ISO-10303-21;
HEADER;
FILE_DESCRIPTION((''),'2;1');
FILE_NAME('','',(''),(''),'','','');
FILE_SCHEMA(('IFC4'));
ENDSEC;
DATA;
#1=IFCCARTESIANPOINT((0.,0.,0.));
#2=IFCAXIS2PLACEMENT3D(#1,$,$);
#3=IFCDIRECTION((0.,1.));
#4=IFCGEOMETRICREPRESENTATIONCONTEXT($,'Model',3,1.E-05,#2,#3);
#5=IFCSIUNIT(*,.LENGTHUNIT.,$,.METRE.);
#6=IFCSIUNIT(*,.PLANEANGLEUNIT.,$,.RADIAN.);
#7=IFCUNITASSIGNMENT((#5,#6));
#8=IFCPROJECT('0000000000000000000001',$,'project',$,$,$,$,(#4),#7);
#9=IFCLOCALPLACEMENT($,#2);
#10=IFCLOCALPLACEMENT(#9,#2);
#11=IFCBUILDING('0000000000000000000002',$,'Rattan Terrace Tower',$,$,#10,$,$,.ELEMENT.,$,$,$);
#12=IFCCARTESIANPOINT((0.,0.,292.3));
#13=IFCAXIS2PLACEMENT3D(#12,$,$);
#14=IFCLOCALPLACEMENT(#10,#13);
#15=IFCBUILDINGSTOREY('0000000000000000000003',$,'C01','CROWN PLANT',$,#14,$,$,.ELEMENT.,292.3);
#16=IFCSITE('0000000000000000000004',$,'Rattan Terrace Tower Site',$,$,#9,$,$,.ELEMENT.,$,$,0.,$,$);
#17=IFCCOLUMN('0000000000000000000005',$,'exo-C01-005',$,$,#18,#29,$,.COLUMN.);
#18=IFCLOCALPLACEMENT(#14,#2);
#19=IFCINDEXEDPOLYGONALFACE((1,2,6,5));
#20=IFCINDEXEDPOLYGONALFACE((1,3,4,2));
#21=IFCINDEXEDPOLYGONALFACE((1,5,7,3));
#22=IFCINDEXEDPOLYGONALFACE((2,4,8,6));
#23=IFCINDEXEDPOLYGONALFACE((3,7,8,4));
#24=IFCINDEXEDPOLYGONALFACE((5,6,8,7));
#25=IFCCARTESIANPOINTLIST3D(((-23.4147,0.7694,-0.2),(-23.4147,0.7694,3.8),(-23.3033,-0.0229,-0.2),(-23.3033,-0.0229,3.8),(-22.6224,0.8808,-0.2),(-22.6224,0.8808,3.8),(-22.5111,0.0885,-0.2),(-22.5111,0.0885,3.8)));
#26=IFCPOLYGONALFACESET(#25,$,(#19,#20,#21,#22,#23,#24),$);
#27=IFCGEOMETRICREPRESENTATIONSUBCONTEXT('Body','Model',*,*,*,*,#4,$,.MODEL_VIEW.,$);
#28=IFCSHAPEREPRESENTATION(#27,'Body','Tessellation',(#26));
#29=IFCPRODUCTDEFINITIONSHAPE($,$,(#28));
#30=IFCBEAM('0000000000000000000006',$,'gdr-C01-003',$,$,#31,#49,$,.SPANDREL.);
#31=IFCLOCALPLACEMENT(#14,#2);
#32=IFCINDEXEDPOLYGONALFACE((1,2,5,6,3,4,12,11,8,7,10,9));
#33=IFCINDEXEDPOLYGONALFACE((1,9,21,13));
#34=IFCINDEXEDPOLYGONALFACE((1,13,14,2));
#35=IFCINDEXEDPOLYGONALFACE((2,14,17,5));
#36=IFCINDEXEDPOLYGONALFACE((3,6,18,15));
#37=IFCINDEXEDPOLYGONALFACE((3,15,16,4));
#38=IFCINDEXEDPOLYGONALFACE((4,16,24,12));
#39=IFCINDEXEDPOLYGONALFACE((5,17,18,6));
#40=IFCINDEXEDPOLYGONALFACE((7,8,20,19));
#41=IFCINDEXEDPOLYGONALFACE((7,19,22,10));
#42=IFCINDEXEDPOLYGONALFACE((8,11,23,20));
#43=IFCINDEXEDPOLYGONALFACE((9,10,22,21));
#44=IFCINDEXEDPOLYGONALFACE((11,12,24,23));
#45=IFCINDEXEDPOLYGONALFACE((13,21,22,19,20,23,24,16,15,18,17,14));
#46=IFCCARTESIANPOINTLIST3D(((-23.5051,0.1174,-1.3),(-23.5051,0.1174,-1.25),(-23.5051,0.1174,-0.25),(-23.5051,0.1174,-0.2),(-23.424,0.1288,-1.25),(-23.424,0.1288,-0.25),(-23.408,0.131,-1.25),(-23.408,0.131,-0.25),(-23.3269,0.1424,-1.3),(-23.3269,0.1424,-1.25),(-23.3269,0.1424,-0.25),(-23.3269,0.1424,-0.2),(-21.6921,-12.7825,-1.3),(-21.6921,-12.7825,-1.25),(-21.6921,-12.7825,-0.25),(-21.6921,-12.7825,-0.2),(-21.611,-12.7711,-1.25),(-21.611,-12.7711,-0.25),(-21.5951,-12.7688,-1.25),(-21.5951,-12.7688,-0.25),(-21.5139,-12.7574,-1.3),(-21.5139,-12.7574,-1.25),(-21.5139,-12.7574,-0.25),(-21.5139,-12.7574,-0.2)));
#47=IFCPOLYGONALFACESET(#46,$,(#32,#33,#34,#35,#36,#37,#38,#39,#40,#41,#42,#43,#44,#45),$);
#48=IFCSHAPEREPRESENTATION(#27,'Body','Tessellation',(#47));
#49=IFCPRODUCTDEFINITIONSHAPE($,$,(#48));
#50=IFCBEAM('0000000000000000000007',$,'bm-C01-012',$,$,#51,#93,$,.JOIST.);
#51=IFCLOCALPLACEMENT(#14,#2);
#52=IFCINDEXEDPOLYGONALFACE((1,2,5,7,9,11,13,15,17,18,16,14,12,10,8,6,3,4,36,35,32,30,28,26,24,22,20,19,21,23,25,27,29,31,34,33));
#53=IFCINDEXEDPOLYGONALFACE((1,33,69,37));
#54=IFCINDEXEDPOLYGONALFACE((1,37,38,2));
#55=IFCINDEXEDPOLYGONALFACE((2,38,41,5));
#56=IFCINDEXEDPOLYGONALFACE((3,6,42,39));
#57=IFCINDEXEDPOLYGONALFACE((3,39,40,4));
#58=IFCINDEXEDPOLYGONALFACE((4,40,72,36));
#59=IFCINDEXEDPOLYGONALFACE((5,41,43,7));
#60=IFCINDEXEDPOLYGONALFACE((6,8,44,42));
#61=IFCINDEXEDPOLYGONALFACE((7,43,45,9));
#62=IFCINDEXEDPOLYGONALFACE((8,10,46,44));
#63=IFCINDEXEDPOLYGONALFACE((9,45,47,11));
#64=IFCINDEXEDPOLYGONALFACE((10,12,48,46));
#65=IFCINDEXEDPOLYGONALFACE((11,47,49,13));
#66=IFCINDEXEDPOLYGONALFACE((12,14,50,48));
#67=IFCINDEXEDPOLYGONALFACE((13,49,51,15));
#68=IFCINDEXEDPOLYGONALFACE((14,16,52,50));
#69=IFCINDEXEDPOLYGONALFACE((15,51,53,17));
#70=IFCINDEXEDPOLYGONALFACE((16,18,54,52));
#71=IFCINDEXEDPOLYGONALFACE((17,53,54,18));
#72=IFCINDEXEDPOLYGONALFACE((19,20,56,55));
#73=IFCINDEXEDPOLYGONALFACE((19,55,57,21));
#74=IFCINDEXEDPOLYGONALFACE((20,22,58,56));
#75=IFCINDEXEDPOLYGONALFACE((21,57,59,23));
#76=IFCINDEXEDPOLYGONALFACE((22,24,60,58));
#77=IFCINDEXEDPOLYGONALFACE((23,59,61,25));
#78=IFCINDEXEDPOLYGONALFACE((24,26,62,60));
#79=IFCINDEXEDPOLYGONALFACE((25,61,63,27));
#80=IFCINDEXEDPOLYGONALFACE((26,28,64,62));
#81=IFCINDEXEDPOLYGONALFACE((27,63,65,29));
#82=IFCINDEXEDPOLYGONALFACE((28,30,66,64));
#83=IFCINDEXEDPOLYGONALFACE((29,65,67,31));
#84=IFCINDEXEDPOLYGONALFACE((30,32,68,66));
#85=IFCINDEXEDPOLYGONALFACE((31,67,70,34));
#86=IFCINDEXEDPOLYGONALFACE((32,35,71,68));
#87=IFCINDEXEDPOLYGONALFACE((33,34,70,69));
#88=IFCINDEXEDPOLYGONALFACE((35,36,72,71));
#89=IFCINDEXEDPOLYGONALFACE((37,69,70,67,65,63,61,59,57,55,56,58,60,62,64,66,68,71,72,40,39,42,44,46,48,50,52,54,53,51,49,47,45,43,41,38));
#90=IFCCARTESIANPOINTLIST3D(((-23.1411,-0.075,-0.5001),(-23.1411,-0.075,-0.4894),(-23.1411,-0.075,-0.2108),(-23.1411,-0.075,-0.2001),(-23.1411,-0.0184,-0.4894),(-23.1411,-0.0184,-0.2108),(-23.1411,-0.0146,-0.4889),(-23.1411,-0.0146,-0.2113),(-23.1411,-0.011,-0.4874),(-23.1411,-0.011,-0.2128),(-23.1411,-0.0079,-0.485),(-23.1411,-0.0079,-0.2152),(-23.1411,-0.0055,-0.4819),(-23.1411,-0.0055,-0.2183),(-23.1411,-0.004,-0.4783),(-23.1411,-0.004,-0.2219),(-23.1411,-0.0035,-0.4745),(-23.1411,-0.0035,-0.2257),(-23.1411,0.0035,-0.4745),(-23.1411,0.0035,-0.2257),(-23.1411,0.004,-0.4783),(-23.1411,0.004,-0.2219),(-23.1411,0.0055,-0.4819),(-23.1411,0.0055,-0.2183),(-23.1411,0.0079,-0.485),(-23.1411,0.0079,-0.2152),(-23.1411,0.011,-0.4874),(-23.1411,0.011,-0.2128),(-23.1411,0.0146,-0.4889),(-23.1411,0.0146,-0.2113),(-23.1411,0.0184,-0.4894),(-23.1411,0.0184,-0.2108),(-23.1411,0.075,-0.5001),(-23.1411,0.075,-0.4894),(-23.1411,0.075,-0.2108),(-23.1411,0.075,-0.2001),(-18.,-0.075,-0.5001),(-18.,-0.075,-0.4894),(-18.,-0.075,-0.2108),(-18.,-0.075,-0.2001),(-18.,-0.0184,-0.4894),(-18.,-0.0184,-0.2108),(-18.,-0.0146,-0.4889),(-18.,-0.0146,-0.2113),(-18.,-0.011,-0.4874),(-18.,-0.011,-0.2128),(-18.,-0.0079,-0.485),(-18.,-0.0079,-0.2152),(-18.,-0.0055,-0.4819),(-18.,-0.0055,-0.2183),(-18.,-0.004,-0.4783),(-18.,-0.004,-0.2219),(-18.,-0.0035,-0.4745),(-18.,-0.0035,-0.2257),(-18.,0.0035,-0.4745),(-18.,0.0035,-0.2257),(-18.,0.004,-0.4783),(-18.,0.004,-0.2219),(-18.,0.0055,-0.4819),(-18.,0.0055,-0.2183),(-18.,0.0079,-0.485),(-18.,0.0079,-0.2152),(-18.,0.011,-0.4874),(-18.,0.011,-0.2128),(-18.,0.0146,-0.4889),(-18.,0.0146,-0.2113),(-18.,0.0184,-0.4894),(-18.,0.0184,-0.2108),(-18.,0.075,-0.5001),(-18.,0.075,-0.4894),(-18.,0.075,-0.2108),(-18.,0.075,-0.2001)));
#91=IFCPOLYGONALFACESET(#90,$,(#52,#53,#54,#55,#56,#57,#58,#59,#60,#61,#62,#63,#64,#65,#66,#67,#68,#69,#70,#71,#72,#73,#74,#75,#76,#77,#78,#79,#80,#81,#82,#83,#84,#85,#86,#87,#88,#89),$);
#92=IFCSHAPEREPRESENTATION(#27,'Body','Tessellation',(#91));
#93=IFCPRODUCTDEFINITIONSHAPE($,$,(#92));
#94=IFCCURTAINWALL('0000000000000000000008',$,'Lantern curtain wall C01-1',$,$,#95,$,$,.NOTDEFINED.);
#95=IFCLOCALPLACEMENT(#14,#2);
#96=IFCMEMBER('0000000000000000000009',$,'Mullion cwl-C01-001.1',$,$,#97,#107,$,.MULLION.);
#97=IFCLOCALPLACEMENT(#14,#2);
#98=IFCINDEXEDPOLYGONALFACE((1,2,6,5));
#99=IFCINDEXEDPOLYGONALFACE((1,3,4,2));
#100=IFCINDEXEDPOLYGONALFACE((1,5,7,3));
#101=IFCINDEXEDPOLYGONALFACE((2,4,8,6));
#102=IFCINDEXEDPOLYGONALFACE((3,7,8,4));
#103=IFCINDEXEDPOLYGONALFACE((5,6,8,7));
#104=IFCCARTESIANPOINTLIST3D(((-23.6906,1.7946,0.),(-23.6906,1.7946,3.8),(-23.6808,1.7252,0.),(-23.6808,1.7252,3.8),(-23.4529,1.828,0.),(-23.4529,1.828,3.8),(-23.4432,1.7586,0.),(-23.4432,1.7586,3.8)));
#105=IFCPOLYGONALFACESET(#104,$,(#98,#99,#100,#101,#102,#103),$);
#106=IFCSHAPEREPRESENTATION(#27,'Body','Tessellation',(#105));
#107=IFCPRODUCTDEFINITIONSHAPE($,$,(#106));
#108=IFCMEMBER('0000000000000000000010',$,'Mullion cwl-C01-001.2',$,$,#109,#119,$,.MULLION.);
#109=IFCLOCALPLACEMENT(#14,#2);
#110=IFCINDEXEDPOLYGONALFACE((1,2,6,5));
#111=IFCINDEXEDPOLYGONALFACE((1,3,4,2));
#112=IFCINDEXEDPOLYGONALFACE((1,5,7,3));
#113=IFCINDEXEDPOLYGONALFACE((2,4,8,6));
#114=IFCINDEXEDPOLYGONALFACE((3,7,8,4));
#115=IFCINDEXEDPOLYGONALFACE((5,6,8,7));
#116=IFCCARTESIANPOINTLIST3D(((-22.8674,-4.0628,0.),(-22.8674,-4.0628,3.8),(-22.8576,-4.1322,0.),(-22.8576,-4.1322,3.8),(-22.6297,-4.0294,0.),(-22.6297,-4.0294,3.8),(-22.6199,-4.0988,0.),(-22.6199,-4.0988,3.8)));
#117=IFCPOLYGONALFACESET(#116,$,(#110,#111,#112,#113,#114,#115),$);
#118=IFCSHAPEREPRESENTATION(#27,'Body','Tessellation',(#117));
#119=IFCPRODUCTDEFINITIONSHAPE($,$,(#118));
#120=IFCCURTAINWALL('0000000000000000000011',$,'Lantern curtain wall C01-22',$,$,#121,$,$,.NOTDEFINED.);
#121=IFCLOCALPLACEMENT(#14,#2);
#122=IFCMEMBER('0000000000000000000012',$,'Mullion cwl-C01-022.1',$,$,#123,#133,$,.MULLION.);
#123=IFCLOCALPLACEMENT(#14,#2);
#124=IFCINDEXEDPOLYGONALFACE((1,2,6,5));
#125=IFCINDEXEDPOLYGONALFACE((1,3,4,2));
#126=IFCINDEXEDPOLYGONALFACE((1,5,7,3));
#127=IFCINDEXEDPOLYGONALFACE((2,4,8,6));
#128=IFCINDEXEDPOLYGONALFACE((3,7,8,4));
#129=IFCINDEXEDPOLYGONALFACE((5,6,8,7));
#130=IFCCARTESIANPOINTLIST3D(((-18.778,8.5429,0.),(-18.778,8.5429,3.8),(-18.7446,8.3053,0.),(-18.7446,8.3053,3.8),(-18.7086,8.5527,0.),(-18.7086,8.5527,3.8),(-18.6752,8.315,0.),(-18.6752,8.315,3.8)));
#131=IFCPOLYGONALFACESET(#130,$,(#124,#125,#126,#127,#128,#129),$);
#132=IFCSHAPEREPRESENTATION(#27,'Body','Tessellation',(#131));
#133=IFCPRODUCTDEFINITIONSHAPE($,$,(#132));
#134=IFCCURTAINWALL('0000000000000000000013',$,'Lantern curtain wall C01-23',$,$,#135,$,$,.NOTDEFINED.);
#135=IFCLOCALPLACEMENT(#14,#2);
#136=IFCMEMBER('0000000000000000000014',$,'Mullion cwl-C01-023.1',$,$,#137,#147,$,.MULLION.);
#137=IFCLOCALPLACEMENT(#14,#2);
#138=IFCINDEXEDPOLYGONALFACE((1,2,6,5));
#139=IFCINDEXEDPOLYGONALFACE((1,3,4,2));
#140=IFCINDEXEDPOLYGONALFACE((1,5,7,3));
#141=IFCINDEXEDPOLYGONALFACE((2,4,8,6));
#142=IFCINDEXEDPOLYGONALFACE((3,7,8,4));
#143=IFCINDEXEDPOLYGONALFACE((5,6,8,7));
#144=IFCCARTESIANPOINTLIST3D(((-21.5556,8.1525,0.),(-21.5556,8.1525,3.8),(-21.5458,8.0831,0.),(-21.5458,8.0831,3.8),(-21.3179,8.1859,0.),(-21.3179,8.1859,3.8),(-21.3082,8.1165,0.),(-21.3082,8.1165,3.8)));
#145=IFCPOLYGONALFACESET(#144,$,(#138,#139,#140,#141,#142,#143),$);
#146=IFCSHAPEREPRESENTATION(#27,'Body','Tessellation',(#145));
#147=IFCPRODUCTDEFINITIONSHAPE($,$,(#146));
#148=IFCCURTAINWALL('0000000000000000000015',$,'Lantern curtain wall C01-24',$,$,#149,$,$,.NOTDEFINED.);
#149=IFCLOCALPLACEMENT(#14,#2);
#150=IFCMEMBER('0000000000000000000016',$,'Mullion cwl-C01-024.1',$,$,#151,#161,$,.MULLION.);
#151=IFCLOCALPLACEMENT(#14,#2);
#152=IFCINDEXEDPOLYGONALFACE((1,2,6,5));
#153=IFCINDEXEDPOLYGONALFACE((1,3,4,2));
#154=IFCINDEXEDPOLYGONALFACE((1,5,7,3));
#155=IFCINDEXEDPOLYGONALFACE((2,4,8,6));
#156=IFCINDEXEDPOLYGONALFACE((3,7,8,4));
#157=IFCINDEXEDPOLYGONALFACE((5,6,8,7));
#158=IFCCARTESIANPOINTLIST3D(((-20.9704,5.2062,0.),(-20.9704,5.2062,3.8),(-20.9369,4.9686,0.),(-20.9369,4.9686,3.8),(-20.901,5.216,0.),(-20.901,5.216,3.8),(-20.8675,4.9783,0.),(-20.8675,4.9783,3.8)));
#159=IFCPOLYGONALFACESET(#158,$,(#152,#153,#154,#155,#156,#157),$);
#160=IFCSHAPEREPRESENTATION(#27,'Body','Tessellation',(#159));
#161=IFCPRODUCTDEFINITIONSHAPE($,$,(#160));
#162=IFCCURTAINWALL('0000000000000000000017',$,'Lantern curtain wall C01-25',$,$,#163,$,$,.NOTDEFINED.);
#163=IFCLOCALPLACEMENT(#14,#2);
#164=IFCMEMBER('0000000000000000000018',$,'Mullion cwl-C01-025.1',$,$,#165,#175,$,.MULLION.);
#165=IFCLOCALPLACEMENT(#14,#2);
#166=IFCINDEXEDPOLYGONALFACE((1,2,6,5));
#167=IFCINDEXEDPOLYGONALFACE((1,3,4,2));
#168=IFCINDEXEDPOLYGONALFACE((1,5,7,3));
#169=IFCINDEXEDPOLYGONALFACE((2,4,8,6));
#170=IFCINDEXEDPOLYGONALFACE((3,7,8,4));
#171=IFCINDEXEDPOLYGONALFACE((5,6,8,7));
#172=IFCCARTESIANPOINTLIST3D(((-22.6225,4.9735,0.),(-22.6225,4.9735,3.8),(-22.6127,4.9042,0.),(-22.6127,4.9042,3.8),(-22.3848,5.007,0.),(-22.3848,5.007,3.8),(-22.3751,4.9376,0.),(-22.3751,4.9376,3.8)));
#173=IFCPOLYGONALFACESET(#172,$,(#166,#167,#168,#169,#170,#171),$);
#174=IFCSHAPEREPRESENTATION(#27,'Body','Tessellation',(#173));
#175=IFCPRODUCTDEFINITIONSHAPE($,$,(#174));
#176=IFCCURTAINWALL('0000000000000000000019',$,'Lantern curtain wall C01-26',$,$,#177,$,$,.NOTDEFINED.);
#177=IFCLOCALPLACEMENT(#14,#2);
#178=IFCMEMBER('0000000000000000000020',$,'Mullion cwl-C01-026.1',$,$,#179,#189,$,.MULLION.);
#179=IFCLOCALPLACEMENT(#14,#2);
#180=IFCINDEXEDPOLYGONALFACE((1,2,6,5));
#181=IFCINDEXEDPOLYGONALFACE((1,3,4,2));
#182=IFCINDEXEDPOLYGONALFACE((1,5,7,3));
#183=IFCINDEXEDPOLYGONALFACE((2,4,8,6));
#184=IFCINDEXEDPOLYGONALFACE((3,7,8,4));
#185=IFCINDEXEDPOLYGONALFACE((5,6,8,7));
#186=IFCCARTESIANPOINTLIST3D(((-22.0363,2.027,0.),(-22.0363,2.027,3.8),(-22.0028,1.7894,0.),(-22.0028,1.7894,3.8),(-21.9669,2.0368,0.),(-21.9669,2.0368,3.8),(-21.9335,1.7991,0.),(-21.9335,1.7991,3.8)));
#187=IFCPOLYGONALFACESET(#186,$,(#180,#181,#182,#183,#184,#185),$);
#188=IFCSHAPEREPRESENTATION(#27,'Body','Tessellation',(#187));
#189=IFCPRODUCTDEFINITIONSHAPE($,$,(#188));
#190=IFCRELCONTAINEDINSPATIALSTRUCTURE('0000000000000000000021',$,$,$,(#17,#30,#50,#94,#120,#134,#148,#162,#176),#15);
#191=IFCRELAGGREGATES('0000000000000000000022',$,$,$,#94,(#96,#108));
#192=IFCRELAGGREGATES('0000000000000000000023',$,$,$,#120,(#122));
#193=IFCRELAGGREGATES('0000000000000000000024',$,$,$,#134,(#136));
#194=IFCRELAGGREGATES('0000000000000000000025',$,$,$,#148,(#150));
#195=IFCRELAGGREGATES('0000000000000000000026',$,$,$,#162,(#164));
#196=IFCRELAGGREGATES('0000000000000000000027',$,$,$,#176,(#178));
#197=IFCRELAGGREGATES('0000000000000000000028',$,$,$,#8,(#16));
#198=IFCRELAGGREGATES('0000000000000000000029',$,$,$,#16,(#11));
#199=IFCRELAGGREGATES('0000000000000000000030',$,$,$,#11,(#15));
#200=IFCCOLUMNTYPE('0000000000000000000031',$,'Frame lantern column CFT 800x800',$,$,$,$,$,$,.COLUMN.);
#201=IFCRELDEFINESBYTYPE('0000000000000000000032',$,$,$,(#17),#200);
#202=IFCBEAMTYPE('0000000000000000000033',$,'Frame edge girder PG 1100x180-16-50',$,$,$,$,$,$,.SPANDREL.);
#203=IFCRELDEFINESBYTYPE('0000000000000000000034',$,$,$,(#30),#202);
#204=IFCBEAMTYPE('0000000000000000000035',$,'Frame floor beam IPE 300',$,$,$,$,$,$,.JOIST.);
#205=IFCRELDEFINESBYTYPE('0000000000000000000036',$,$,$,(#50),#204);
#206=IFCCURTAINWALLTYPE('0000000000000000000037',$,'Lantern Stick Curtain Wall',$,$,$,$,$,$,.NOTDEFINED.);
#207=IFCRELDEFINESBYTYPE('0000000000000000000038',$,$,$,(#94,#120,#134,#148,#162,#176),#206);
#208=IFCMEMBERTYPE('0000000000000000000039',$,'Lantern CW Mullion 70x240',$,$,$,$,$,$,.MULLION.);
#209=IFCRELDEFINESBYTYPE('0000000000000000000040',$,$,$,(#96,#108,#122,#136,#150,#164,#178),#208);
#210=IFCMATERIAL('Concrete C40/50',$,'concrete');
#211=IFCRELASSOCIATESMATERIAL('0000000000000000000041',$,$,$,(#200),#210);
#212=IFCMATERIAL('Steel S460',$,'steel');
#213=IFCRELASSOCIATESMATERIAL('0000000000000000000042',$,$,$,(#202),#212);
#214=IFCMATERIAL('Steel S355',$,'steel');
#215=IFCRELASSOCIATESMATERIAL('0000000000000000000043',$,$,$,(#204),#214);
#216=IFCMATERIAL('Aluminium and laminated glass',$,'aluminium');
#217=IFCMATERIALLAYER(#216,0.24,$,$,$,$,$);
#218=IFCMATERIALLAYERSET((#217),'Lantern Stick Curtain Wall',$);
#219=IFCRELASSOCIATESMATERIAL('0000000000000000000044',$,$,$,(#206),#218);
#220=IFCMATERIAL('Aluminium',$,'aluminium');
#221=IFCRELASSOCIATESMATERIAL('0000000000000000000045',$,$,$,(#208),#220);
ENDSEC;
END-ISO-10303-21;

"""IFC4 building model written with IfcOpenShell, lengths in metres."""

from ifc_helpers import new_model, si_unit, direction, frame, origin, origin_2d, place, context, subcontext, project, spatial, rectangle, i_section, extrude, material, layer, layer_set, material_profile, profile_set, type_object, element, aggregate, save


model = new_model("IFC4")

# Units and contexts
model_context = context("Model", 3, precision=1e-05, world=origin(), true_north=direction((0.0, 1.0)))
body_context = subcontext(model_context, "Body", "Model", "MODEL_VIEW")
ifc_project = project(units=[si_unit("LENGTHUNIT", "METRE"), si_unit("PLANEANGLEUNIT", "RADIAN")], contexts=[model_context])

# Site, building, storey
site_placement = place(None, origin())
site = spatial("IfcSite", under=ifc_project, at=site_placement, Name="Rattan Terrace Tower Site", CompositionType="ELEMENT", RefElevation=0.0)
building_placement = place(site_placement, origin())
building = spatial("IfcBuilding", under=site, at=building_placement, Name="Rattan Terrace Tower", CompositionType="ELEMENT")
storey_placement = place(building_placement, frame((0.0, 0.0, 292.3)))
storey = spatial("IfcBuildingStorey", under=building, at=storey_placement, Name="C01", Description="CROWN PLANT", CompositionType="ELEMENT", Elevation=292.3)

# Column
ifc_material_1 = material(Name="Concrete C40/50", Category="concrete")
ifc_material_profile_1 = material_profile(ifc_material_1, rectangle(XDim=0.8, YDim=0.8, at=origin_2d()), Name="CFT 800x800")
ifc_profile_set_1 = profile_set([ifc_material_profile_1], Name="Concrete C40/50")
column_type = type_object("IfcColumnType", Name="Frame lantern column CFT 800x800", PredefinedType="COLUMN", material=ifc_profile_set_1)
column_placement = place(storey_placement, frame((-22.9629, 0.429, -0.2), z_axis=(0.0, 0.0, 1.0), x_axis=(-0.13919, 0.990266, 0.0)))
element("IfcColumn", 1, at=column_placement, inside=storey, type_object=column_type, Name="exo-C01-005", PredefinedType="COLUMN", context=body_context, shape_type="SweptSolid", body=[
    extrude(rectangle(XDim=0.8, YDim=0.8, at=origin_2d()), origin(), (0.0, 0.0, 1.0), 4.0),
])

# Beams
ifc_material_2 = material(Name="Steel S460", Category="steel")
ifc_material_profile_2 = material_profile(ifc_material_2, i_section(OverallWidth=0.1799, OverallDepth=1.1001, WebThickness=0.0161, FlangeThickness=0.05, at=origin_2d()), Name="PG 1100x180-16-50")
ifc_profile_set_2 = profile_set([ifc_material_profile_2], Name="Steel S460")
beam_type_1 = type_object("IfcBeamType", Name="Frame edge girder PG 1100x180-16-50", PredefinedType="SPANDREL", material=ifc_profile_set_2)
beam_1_placement = place(storey_placement, frame((-23.416, 0.1299, -0.75), z_axis=(0.139175, -0.990268, 0.0), x_axis=(0.990268, 0.139175, 0.0)))
element("IfcBeam", 2, at=beam_1_placement, inside=storey, type_object=beam_type_1, Name="gdr-C01-003", PredefinedType="SPANDREL", context=body_context, shape_type="SweptSolid", body=[
    extrude(i_section(OverallWidth=0.1799, OverallDepth=1.1001, WebThickness=0.0161, FlangeThickness=0.05, at=origin_2d()), origin(), (0.0, 0.0, 1.0), 13.0266),
])
ifc_material_3 = material(Name="Steel S355", Category="steel")
ifc_material_profile_3 = material_profile(ifc_material_3, i_section(OverallWidth=0.1499, OverallDepth=0.3, WebThickness=0.0071, FlangeThickness=0.0107, FilletRadius=0.0149, at=origin_2d()), Name="IPE 300")
ifc_profile_set_3 = profile_set([ifc_material_profile_3], Name="Steel S355")
beam_type_2 = type_object("IfcBeamType", Name="Frame floor beam IPE 300", PredefinedType="JOIST", material=ifc_profile_set_3)
beam_2_placement = place(storey_placement, frame((-23.1411, 0.0, -0.3501), z_axis=(1.0, 0.0, 0.0), x_axis=(0.0, 1.0, 0.0)))
element("IfcBeam", 3, at=beam_2_placement, inside=storey, type_object=beam_type_2, Name="bm-C01-012", PredefinedType="JOIST", context=body_context, shape_type="SweptSolid", body=[
    extrude(i_section(OverallWidth=0.1499, OverallDepth=0.3, WebThickness=0.0071, FlangeThickness=0.0107, FilletRadius=0.0149, at=origin_2d()), origin(), (0.0, 0.0, 1.0), 5.1411),
])

# Curtain wall, members
ifc_material_4 = material(Name="Aluminium and laminated glass", Category="aluminium")
ifc_layer_1 = layer(ifc_material_4, 0.24)
ifc_layer_set_1 = layer_set([ifc_layer_1], Name="Lantern Stick Curtain Wall")
curtain_wall_type = type_object("IfcCurtainWallType", Name="Lantern Stick Curtain Wall", PredefinedType="NOTDEFINED", material=ifc_layer_set_1)
curtain_wall_1_placement = place(storey_placement, origin())
curtain_wall_1 = element("IfcCurtainWall", 4, at=curtain_wall_1_placement, inside=storey, type_object=curtain_wall_type, Name="Lantern curtain wall C01-1", PredefinedType="NOTDEFINED")
ifc_material_5 = material(Name="Aluminium", Category="aluminium")
ifc_material_profile_4 = material_profile(ifc_material_5, rectangle(XDim=0.0701, YDim=0.24, at=origin_2d()), Name="Aluminium 70x240")
ifc_profile_set_4 = profile_set([ifc_material_profile_4], Name="Aluminium")
member_type_1 = type_object("IfcMemberType", Name="Lantern CW Mullion 70x240", PredefinedType="MULLION", material=ifc_profile_set_4)
member_1_placement = place(storey_placement, frame((-23.5669, 1.7766, 0.0), z_axis=(0.0, 0.0, 1.0), x_axis=(0.139188, -0.990266, 0.0)))
member_1 = element("IfcMember", 5, at=member_1_placement, type_object=member_type_1, Name="Mullion cwl-C01-001.1", PredefinedType="MULLION", context=body_context, shape_type="SweptSolid", body=[
    extrude(rectangle(XDim=0.0701, YDim=0.24, at=origin_2d()), origin(), (0.0, 0.0, 1.0), 3.8),
])
member_2_placement = place(storey_placement, frame((-22.7437, -4.0808, 0.0), z_axis=(0.0, 0.0, 1.0), x_axis=(0.139188, -0.990266, 0.0)))
member_2 = element("IfcMember", 6, at=member_2_placement, type_object=member_type_1, Name="Mullion cwl-C01-001.2", PredefinedType="MULLION", context=body_context, shape_type="SweptSolid", body=[
    extrude(rectangle(XDim=0.0701, YDim=0.24, at=origin_2d()), origin(), (0.0, 0.0, 1.0), 3.8),
])

# Curtain walls, members
curtain_wall_2_placement = place(storey_placement, origin())
curtain_wall_2 = element("IfcCurtainWall", 7, at=curtain_wall_2_placement, inside=storey, type_object=curtain_wall_type, Name="Lantern curtain wall C01-22", PredefinedType="NOTDEFINED")
member_3_placement = place(storey_placement, frame((-18.7266, 8.429, 0.0), z_axis=(0.0, 0.0, 1.0), x_axis=(-0.990267, -0.139181, 0.0)))
member_3 = element("IfcMember", 8, at=member_3_placement, type_object=member_type_1, Name="Mullion cwl-C01-022.1", PredefinedType="MULLION", context=body_context, shape_type="SweptSolid", body=[
    extrude(rectangle(XDim=0.0701, YDim=0.24, at=origin_2d()), origin(), (0.0, 0.0, 1.0), 3.8),
])
curtain_wall_3_placement = place(storey_placement, origin())
curtain_wall_3 = element("IfcCurtainWall", 9, at=curtain_wall_3_placement, inside=storey, type_object=curtain_wall_type, Name="Lantern curtain wall C01-23", PredefinedType="NOTDEFINED")
member_4_placement = place(storey_placement, frame((-21.4319, 8.1345, 0.0), z_axis=(0.0, 0.0, 1.0), x_axis=(0.13904, -0.990287, 0.0)))
member_4 = element("IfcMember", 10, at=member_4_placement, type_object=member_type_1, Name="Mullion cwl-C01-023.1", PredefinedType="MULLION", context=body_context, shape_type="SweptSolid", body=[
    extrude(rectangle(XDim=0.0701, YDim=0.24, at=origin_2d()), origin(), (0.0, 0.0, 1.0), 3.8),
])
curtain_wall_4_placement = place(storey_placement, origin())
curtain_wall_4 = element("IfcCurtainWall", 11, at=curtain_wall_4_placement, inside=storey, type_object=curtain_wall_type, Name="Lantern curtain wall C01-24", PredefinedType="NOTDEFINED")
member_5_placement = place(storey_placement, frame((-20.9189, 5.0923, 0.0), z_axis=(0.0, 0.0, 1.0), x_axis=(-0.990228, -0.139459, 0.0)))
member_5 = element("IfcMember", 12, at=member_5_placement, type_object=member_type_1, Name="Mullion cwl-C01-024.1", PredefinedType="MULLION", context=body_context, shape_type="SweptSolid", body=[
    extrude(rectangle(XDim=0.0701, YDim=0.24, at=origin_2d()), origin(), (0.0, 0.0, 1.0), 3.8),
])
curtain_wall_5_placement = place(storey_placement, origin())
curtain_wall_5 = element("IfcCurtainWall", 13, at=curtain_wall_5_placement, inside=storey, type_object=curtain_wall_type, Name="Lantern curtain wall C01-25", PredefinedType="NOTDEFINED")
member_6_placement = place(storey_placement, frame((-22.4988, 4.9556, 0.0), z_axis=(0.0, 0.0, 1.0), x_axis=(0.139367, -0.990241, 0.0)))
member_6 = element("IfcMember", 14, at=member_6_placement, type_object=member_type_1, Name="Mullion cwl-C01-025.1", PredefinedType="MULLION", context=body_context, shape_type="SweptSolid", body=[
    extrude(rectangle(XDim=0.0701, YDim=0.24, at=origin_2d()), origin(), (0.0, 0.0, 1.0), 3.8),
])
curtain_wall_6_placement = place(storey_placement, origin())
curtain_wall_6 = element("IfcCurtainWall", 15, at=curtain_wall_6_placement, inside=storey, type_object=curtain_wall_type, Name="Lantern curtain wall C01-26", PredefinedType="NOTDEFINED")
member_7_placement = place(storey_placement, frame((-21.9849, 1.9131, 0.0), z_axis=(0.0, 0.0, 1.0), x_axis=(-0.990254, -0.139275, 0.0)))
member_7 = element("IfcMember", 16, at=member_7_placement, type_object=member_type_1, Name="Mullion cwl-C01-026.1", PredefinedType="MULLION", context=body_context, shape_type="SweptSolid", body=[
    extrude(rectangle(XDim=0.0701, YDim=0.24, at=origin_2d()), origin(), (0.0, 0.0, 1.0), 3.8),
])

aggregate(curtain_wall_1, [member_1, member_2])
aggregate(curtain_wall_2, [member_3])
aggregate(curtain_wall_3, [member_4])
aggregate(curtain_wall_4, [member_5])
aggregate(curtain_wall_5, [member_6])
aggregate(curtain_wall_6, [member_7])

save(model, "model.ifc")
